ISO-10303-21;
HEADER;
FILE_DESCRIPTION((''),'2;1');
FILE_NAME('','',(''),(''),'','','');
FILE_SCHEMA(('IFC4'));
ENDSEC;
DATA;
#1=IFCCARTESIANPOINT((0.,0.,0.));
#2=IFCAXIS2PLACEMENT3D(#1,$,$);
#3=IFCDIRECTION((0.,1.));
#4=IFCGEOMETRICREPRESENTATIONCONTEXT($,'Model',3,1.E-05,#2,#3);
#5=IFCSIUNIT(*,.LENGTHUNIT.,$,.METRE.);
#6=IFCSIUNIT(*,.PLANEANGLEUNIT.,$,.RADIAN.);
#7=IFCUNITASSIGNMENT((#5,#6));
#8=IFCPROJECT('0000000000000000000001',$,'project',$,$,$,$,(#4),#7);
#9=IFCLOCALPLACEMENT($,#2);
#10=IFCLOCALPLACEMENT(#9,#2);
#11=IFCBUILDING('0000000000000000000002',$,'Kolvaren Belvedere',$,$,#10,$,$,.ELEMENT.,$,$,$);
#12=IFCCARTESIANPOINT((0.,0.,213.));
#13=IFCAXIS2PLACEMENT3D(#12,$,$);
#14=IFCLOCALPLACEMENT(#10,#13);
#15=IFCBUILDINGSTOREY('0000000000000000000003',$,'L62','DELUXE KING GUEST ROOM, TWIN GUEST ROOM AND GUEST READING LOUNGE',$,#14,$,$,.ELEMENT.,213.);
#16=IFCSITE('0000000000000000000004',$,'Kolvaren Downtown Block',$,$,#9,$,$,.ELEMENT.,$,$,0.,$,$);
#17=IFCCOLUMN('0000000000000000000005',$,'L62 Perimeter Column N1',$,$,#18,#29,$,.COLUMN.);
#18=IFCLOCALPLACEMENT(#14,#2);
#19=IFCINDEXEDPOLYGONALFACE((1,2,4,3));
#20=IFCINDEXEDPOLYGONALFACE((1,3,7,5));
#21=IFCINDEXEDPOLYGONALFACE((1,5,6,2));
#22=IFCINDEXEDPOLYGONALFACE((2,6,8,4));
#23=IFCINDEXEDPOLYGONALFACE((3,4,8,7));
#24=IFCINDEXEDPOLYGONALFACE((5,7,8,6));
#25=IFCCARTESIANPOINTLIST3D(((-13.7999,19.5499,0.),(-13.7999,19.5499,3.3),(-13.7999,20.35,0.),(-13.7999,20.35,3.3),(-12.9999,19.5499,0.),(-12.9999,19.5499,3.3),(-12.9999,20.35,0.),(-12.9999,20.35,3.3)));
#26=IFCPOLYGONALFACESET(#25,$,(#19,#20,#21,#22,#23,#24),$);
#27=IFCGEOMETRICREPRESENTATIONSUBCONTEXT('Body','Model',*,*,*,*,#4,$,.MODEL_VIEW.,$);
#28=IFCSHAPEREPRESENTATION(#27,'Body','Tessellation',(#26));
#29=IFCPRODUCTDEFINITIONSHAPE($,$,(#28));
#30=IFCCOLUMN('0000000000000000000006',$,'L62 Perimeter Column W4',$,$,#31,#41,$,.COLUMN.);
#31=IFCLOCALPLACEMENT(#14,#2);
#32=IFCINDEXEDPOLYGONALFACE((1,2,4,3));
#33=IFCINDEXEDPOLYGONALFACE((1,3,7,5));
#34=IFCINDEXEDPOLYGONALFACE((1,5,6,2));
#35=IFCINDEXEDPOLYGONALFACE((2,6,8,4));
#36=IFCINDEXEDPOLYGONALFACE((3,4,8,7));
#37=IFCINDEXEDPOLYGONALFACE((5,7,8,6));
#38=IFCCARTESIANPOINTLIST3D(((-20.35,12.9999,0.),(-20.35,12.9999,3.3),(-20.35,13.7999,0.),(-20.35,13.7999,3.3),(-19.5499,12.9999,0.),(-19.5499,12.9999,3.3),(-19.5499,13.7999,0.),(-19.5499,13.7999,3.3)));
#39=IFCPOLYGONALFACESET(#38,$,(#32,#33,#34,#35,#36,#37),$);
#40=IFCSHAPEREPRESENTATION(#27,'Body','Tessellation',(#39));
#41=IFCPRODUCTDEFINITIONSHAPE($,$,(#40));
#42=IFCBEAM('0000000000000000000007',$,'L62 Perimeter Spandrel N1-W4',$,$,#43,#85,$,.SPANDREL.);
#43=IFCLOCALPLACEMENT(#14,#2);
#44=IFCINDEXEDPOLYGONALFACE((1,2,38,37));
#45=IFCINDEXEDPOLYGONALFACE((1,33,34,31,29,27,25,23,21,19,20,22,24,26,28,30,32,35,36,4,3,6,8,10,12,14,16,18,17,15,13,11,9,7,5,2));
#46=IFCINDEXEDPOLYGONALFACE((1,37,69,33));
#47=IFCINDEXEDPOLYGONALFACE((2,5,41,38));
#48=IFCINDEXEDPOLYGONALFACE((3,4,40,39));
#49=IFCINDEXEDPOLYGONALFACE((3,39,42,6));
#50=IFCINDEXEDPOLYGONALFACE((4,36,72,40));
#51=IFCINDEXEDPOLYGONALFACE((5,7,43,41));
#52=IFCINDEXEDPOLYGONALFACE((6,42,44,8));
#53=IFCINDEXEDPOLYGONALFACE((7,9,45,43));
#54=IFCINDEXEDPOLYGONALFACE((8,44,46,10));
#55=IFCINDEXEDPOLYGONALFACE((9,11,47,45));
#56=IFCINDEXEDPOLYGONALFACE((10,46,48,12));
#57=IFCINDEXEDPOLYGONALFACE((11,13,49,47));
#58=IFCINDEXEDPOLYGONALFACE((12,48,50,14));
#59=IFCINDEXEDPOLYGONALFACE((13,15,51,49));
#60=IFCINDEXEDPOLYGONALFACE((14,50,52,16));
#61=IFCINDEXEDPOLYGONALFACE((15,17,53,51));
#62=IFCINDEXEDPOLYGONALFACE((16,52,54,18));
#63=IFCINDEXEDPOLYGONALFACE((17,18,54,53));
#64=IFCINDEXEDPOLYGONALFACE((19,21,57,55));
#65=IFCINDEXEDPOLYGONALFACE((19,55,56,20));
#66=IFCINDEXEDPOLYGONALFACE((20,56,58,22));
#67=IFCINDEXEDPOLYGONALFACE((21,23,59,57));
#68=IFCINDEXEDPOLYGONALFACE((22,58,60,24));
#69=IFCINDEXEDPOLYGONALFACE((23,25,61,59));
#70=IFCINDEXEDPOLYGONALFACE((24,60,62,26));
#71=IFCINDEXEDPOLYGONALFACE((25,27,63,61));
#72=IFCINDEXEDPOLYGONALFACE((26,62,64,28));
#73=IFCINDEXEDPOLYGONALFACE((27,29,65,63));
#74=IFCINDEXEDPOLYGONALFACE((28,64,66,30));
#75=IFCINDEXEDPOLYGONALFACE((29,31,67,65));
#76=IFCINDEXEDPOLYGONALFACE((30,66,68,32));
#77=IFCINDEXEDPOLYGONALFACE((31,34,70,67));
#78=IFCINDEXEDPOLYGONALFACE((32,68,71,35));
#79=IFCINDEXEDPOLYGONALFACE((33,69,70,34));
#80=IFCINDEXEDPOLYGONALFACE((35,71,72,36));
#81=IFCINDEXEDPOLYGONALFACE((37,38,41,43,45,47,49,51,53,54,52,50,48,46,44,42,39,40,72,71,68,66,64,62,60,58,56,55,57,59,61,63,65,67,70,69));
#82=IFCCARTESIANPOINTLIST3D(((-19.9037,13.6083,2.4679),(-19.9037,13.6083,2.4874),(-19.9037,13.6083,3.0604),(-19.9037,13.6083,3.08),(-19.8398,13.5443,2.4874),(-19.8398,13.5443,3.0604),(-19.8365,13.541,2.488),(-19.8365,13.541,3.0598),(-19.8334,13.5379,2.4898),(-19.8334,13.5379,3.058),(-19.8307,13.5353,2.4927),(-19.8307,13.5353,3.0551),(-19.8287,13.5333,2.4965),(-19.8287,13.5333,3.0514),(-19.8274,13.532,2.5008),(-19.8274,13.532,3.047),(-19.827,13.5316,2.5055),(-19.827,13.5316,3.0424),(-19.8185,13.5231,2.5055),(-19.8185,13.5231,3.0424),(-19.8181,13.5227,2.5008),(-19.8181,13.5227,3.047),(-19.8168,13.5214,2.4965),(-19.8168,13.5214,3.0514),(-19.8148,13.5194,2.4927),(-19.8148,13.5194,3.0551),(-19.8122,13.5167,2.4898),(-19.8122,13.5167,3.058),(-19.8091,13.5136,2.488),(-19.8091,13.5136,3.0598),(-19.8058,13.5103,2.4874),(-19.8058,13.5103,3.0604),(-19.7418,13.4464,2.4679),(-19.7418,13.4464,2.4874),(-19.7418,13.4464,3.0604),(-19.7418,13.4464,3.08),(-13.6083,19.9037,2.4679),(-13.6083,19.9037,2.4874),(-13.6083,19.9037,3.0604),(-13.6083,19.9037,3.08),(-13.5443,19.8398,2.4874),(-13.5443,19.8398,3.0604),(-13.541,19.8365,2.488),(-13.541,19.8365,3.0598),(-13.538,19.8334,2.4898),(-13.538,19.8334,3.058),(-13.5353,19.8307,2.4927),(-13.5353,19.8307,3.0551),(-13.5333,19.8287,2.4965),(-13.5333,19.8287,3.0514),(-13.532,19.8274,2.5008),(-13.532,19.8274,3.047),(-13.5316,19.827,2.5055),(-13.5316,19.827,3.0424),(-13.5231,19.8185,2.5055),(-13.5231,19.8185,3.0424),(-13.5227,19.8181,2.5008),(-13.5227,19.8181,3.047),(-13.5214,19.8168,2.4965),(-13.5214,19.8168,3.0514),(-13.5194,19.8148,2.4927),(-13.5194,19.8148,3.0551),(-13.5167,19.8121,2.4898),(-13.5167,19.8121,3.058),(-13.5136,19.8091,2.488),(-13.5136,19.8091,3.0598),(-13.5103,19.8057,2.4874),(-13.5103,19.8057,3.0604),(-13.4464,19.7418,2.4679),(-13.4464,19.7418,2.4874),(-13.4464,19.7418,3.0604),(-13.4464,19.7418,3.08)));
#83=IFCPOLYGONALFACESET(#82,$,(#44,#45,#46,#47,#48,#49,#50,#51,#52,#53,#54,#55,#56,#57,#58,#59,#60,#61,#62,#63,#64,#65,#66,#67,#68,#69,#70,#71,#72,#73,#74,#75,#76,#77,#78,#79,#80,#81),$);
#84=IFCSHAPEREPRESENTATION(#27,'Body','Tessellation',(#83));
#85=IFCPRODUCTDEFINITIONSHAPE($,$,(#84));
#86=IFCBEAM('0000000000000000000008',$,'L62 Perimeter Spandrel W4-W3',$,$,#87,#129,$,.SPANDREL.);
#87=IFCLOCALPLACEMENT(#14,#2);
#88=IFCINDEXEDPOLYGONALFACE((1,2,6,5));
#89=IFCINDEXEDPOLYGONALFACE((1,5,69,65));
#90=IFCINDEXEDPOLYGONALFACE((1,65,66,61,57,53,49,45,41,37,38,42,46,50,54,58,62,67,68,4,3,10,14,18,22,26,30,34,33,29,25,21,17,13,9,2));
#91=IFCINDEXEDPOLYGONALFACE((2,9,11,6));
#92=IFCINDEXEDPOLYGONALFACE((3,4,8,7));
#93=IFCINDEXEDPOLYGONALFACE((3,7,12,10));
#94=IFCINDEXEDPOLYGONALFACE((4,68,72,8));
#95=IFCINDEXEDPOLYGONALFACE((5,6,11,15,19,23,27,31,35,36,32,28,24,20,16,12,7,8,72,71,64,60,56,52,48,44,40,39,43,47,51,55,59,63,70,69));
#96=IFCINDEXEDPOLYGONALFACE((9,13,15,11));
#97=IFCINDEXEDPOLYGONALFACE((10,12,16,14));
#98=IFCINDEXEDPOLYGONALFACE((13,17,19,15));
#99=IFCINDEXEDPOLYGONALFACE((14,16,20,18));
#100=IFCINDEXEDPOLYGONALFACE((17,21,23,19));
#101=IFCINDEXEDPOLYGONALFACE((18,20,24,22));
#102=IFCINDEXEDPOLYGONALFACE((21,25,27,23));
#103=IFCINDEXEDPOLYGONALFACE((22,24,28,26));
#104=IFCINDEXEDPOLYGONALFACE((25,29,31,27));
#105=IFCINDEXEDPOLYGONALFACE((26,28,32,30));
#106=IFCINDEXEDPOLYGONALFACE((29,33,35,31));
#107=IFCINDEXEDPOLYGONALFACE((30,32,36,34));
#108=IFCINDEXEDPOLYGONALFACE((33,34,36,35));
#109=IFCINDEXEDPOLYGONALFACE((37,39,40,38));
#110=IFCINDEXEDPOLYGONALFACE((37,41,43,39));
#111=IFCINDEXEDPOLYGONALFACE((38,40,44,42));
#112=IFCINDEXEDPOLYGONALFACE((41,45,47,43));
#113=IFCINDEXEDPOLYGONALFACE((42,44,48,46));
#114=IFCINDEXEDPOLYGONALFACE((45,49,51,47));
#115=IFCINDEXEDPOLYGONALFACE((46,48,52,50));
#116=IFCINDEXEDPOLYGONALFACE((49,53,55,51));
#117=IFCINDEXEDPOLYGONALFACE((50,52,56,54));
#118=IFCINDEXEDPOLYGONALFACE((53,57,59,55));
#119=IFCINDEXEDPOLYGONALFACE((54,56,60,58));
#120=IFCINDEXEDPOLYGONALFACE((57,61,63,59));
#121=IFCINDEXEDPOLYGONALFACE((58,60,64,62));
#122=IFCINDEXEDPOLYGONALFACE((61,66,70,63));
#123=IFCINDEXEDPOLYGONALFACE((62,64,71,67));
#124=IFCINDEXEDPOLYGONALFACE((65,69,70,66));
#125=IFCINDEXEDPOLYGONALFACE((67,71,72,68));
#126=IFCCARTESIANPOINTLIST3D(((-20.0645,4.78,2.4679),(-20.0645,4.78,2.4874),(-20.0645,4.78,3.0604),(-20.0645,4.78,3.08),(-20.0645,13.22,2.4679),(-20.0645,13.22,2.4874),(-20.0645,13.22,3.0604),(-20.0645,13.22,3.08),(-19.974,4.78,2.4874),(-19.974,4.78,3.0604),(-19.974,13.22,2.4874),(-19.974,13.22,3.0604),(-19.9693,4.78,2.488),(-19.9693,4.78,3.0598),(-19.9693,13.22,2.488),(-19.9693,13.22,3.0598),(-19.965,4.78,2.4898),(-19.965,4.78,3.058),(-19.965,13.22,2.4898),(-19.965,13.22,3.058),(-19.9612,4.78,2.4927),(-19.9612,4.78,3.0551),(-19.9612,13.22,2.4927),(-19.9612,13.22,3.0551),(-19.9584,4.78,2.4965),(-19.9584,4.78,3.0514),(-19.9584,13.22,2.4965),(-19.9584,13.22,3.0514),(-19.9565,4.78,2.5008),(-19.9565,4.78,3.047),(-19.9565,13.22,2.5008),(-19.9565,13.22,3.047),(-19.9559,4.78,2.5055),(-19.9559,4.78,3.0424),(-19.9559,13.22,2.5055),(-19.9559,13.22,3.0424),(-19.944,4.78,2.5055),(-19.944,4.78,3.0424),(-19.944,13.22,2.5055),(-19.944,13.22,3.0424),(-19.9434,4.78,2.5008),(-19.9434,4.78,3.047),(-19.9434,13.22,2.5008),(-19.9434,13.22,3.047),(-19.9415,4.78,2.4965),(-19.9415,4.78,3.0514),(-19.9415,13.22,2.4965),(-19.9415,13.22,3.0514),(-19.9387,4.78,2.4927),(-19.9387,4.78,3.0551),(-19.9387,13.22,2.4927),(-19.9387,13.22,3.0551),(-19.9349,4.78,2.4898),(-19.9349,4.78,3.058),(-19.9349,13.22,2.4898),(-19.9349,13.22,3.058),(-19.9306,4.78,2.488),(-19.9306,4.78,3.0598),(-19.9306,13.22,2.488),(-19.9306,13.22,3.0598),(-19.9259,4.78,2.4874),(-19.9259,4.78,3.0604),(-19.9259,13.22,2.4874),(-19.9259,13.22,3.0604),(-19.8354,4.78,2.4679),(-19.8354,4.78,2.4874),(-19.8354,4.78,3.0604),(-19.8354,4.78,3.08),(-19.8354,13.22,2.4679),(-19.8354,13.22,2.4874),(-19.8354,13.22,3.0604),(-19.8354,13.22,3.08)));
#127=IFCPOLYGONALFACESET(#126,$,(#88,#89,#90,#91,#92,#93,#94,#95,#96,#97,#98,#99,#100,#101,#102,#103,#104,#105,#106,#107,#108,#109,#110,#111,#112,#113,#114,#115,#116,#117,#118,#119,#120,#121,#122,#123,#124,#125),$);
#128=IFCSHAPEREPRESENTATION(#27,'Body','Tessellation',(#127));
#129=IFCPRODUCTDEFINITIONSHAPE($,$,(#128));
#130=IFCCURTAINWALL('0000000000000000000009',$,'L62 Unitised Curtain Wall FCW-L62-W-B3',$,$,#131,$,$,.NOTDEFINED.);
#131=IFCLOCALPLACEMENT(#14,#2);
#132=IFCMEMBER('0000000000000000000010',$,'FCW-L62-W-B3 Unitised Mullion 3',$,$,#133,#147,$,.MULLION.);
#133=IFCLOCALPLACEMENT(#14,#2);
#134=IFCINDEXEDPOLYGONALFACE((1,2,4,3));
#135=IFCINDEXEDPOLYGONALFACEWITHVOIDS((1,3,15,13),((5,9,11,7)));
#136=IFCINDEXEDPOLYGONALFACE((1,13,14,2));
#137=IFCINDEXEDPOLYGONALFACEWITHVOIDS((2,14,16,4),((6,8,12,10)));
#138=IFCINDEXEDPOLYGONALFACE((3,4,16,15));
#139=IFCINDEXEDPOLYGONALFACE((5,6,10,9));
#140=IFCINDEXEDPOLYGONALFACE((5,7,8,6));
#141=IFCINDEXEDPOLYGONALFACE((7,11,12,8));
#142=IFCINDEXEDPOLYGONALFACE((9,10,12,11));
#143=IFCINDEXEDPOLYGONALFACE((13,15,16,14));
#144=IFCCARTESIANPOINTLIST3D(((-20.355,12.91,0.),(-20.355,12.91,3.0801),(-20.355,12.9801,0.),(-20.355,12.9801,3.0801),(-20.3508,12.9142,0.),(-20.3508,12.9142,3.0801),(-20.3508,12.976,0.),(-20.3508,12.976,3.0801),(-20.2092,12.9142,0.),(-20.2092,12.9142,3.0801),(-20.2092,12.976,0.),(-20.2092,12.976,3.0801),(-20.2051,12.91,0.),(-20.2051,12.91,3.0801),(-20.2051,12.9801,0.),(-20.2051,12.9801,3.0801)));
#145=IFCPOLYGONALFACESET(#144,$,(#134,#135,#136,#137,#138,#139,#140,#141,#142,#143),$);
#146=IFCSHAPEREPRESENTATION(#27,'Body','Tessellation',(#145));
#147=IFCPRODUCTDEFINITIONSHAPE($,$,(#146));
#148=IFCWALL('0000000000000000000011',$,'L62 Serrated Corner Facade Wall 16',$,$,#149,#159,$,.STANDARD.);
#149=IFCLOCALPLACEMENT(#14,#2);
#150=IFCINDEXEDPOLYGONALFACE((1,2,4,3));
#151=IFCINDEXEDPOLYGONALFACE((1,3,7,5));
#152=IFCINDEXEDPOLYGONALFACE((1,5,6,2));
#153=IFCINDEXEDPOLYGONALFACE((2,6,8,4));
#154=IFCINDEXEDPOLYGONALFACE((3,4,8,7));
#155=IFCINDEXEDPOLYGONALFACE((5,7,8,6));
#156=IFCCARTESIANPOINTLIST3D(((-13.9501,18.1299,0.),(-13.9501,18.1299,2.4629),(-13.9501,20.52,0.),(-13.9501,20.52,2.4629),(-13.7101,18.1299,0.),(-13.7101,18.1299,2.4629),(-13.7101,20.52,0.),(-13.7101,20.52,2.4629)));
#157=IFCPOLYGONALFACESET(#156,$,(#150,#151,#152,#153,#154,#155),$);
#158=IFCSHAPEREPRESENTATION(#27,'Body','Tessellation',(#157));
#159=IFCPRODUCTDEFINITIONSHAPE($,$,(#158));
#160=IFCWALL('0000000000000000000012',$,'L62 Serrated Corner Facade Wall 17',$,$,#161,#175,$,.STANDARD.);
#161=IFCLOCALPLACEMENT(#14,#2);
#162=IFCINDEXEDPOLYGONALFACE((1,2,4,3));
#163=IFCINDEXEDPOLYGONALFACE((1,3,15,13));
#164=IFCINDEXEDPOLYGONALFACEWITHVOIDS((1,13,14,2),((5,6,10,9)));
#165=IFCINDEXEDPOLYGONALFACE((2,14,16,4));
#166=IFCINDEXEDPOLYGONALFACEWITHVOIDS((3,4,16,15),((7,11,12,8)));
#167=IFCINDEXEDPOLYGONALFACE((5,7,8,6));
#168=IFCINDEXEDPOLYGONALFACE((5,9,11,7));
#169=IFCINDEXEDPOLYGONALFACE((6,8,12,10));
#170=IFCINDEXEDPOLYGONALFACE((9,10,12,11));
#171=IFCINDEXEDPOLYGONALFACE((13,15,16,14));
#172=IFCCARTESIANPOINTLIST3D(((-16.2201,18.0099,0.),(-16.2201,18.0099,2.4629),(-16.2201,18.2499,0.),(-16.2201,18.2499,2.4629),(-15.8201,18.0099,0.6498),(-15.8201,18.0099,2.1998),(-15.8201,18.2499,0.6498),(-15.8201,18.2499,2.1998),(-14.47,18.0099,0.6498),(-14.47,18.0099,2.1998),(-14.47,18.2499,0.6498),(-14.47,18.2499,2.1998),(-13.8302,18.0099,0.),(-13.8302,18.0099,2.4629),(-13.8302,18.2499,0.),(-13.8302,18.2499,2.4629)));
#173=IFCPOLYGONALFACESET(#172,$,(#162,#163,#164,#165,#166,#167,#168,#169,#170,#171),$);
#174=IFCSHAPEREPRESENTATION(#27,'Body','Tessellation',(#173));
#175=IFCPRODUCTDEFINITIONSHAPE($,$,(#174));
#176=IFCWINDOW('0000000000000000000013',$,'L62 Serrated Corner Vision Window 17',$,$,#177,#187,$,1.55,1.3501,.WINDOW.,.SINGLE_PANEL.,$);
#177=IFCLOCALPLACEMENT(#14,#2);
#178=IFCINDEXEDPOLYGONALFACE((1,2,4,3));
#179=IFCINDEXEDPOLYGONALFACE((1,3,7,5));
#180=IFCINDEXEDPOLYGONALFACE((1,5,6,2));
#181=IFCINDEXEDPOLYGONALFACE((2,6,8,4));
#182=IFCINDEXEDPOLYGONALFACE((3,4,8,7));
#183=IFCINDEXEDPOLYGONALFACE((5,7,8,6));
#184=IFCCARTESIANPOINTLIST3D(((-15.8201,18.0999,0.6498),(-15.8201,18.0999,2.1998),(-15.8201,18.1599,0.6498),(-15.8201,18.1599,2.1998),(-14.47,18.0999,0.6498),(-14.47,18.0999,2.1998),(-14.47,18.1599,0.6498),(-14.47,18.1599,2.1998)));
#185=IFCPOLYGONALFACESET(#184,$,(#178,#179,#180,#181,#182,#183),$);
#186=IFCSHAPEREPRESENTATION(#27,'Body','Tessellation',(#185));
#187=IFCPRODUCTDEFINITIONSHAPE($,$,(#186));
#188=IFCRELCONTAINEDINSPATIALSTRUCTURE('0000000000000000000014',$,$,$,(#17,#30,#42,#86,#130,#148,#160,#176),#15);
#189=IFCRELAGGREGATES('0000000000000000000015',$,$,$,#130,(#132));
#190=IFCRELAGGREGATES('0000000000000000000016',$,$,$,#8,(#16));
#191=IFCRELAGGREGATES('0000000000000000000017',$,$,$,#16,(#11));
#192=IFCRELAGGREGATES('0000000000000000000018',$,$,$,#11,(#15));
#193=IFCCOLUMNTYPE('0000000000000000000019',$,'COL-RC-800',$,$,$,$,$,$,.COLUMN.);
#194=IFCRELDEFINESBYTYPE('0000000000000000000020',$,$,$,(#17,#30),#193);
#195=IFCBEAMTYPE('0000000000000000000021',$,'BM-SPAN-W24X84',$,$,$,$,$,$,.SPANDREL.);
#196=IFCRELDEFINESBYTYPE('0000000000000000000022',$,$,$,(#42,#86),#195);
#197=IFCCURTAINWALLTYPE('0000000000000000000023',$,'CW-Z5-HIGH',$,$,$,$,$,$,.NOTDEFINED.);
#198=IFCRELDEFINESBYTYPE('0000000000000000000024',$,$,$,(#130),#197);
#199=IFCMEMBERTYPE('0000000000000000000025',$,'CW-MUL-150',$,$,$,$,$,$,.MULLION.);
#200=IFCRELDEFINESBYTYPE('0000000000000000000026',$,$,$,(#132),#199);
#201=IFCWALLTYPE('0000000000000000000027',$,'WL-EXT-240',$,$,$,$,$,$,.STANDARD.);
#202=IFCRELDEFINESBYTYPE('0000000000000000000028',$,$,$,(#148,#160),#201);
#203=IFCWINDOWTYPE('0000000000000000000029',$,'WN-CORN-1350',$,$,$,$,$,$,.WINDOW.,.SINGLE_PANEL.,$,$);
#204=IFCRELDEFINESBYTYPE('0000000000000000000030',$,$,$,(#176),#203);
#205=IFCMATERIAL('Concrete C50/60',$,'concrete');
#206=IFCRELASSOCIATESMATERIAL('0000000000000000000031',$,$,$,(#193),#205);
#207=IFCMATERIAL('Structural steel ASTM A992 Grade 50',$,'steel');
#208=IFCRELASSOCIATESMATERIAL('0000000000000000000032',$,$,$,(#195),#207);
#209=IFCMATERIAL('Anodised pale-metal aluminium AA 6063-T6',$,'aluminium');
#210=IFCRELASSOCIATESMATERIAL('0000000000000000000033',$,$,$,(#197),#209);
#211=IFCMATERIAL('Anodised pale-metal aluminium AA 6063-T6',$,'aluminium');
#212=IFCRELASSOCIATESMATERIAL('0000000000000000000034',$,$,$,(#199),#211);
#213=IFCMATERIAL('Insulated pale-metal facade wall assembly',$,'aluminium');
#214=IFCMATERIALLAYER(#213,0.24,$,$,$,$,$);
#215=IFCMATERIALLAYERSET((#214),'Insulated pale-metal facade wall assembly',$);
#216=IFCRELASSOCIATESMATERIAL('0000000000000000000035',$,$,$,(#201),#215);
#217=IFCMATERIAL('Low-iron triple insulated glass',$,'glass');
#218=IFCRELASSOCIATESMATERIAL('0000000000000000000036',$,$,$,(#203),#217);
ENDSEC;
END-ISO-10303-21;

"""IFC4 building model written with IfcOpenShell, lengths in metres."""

from ifc_helpers import new_model, si_unit, direction, frame, frame_2d, origin, origin_2d, place, context, subcontext, project, spatial, rectangle, hollow_rectangle, i_section, extrude, material, layer, layer_set, material_profile, profile_set, type_object, element, fill, aggregate, save


model = new_model("IFC4")

# Units and contexts
model_context = context("Model", 3, precision=1e-05, world=origin(), true_north=direction((0.0, 1.0)))
body_context = subcontext(model_context, "Body", "Model", "MODEL_VIEW")
ifc_project = project(units=[si_unit("LENGTHUNIT", "METRE"), si_unit("PLANEANGLEUNIT", "RADIAN")], contexts=[model_context])

# Site, building, storey
site_placement = place(None, origin())
site = spatial("IfcSite", under=ifc_project, at=site_placement, Name="Kolvaren Downtown Block", CompositionType="ELEMENT", RefElevation=0.0)
building_placement = place(site_placement, origin())
building = spatial("IfcBuilding", under=site, at=building_placement, Name="Kolvaren Belvedere", CompositionType="ELEMENT")
storey_placement = place(building_placement, frame((0.0, 0.0, 213.0)))
storey = spatial("IfcBuildingStorey", under=building, at=storey_placement, Name="L62", Description="DELUXE KING GUEST ROOM, TWIN GUEST ROOM AND GUEST READING LOUNGE", CompositionType="ELEMENT", Elevation=213.0)

# Columns
ifc_material_1 = material(Name="Concrete C50/60", Category="concrete")
ifc_material_profile_1 = material_profile(ifc_material_1, rectangle(XDim=0.8, YDim=0.8, at=origin_2d()), Name="RC 800X800")
ifc_profile_set_1 = profile_set([ifc_material_profile_1], Name="Concrete C50/60")
column_type = type_object("IfcColumnType", Name="COL-RC-800", PredefinedType="COLUMN", material=ifc_profile_set_1)
for number, where, z_axis, x_axis, name in (
    (1, (-13.3999, 19.95, 0.0), (0.0, 0.0, 1.0), (1.0, 0.0, 0.0), "L62 Perimeter Column N1"),
    (2, (-19.95, 13.3999, 0.0), (0.0, 0.0, 1.0), (1.0, 0.0, 0.0), "L62 Perimeter Column W4"),
):
    element("IfcColumn", number, at=place(storey_placement, frame(where, z_axis=z_axis, x_axis=x_axis)), inside=storey, type_object=column_type, Name=name, PredefinedType="COLUMN", context=body_context, shape_type="SweptSolid", body=[
        extrude(rectangle(XDim=0.8, YDim=0.8, at=origin_2d()), origin(), (0.0, 0.0, 1.0), 3.3),
    ])

# Beams
ifc_material_2 = material(Name="Structural steel ASTM A992 Grade 50", Category="steel")
ifc_material_profile_2 = material_profile(ifc_material_2, i_section(OverallWidth=0.229, OverallDepth=0.6121, WebThickness=0.012, FlangeThickness=0.0195, FilletRadius=0.0181, at=origin_2d()), Name="W24X84")
ifc_profile_set_2 = profile_set([ifc_material_profile_2], Name="Structural steel ASTM A992 Grade 50")
beam_type = type_object("IfcBeamType", Name="BM-SPAN-W24X84", PredefinedType="SPANDREL", material=ifc_profile_set_2)
beam_1_placement = place(storey_placement, frame((-13.5273, 19.8228, 2.7739), z_axis=(-0.707107, -0.707107, 0.0), x_axis=(0.707107, -0.707107, 0.0)))
element("IfcBeam", 3, at=beam_1_placement, inside=storey, type_object=beam_type, Name="L62 Perimeter Spandrel N1-W4", PredefinedType="SPANDREL", context=body_context, shape_type="SweptSolid", body=[
    extrude(i_section(OverallWidth=0.229, OverallDepth=0.6121, WebThickness=0.012, FlangeThickness=0.0195, FilletRadius=0.0181, at=origin_2d()), origin(), (0.0, 0.0, 1.0), 8.9031),
])
beam_2_placement = place(storey_placement, frame((-19.95, 13.22, 2.7739), z_axis=(0.0, -1.0, 0.0), x_axis=(1.0, 0.0, 0.0)))
element("IfcBeam", 4, at=beam_2_placement, inside=storey, type_object=beam_type, Name="L62 Perimeter Spandrel W4-W3", PredefinedType="SPANDREL", context=body_context, shape_type="SweptSolid", body=[
    extrude(i_section(OverallWidth=0.229, OverallDepth=0.6121, WebThickness=0.012, FlangeThickness=0.0195, FilletRadius=0.0181, at=origin_2d()), origin(), (0.0, 0.0, 1.0), 8.4399),
])

# Curtain wall, member
ifc_material_3 = material(Name="Anodised pale-metal aluminium AA 6063-T6", Category="aluminium")
curtain_wall_type = type_object("IfcCurtainWallType", Name="CW-Z5-HIGH", PredefinedType="NOTDEFINED", material=ifc_material_3)
curtain_wall_placement = place(storey_placement, origin())
curtain_wall = element("IfcCurtainWall", 5, at=curtain_wall_placement, inside=storey, type_object=curtain_wall_type, Name="L62 Unitised Curtain Wall FCW-L62-W-B3", PredefinedType="NOTDEFINED")
ifc_material_4 = material(Name="Anodised pale-metal aluminium AA 6063-T6", Category="aluminium")
ifc_material_profile_3 = material_profile(ifc_material_4, hollow_rectangle(XDim=0.0701, YDim=0.1499, WallThickness=0.0042, at=origin_2d()), Name="ALU-MUL-150X70")
ifc_profile_set_3 = profile_set([ifc_material_profile_3], Name="Anodised pale-metal aluminium AA 6063-T6")
member_type = type_object("IfcMemberType", Name="CW-MUL-150", PredefinedType="MULLION", material=ifc_profile_set_3)
member_placement = place(storey_placement, frame((-20.28, 12.9451, 0.0), z_axis=(0.0, 0.0, 1.0), x_axis=(0.0, 1.0, 0.0)))
member = element("IfcMember", 6, at=member_placement, type_object=member_type, Name="FCW-L62-W-B3 Unitised Mullion 3", PredefinedType="MULLION", context=body_context, shape_type="SweptSolid", body=[
    extrude(hollow_rectangle(XDim=0.0701, YDim=0.1499, WallThickness=0.0042, at=origin_2d()), origin(), (0.0, 0.0, 1.0), 3.0801),
])
aggregate(curtain_wall, [member])

# Wall
ifc_material_5 = material(Name="Insulated pale-metal facade wall assembly", Category="aluminium")
ifc_layer_1 = layer(ifc_material_5, 0.24)
ifc_layer_set_1 = layer_set([ifc_layer_1], Name="Insulated pale-metal facade wall assembly")
wall_type_1 = type_object("IfcWallType", Name="WL-EXT-240", PredefinedType="STANDARD", material=ifc_layer_set_1)
wall_1_placement = place(storey_placement, frame((-13.8301, 18.1299, 0.0), z_axis=(0.0, 0.0, 1.0), x_axis=(0.0, 1.0, 0.0)))
element("IfcWall", 7, at=wall_1_placement, inside=storey, type_object=wall_type_1, Name="L62 Serrated Corner Facade Wall 16", PredefinedType="STANDARD", context=body_context, shape_type="SweptSolid", body=[
    extrude(rectangle(XDim=2.3901, YDim=0.24, at=frame_2d((1.1951, 0.0))), origin(), (0.0, 0.0, 1.0), 2.4629),
])

# Wall, opening, window
wall_2_placement = place(storey_placement, frame((-16.22, 18.1299, 0.0), z_axis=(0.0, 0.0, 1.0), x_axis=(1.0, 0.0, 0.0)))
wall_2 = element("IfcWall", 8, at=wall_2_placement, inside=storey, type_object=wall_type_1, Name="L62 Serrated Corner Facade Wall 17", PredefinedType="STANDARD", context=body_context, shape_type="SweptSolid", body=[
    extrude(rectangle(XDim=2.3899, YDim=0.24, at=frame_2d((1.1948, 0.0))), origin(), (0.0, 0.0, 1.0), 2.4629),
])
opening_1_placement = place(wall_2_placement, frame((0.3999, 0.0, 0.6499)))
opening_1 = element("IfcOpeningElement", 9, at=opening_1_placement, cuts=wall_2, PredefinedType="OPENING", context=body_context, shape_type="SweptSolid", body=[
    extrude(rectangle(XDim=1.3501, YDim=1.55, at=frame_2d((0.675, 0.7749))), frame((0.0, 0.1299, 0.0), z_axis=(0.0, -1.0, 0.0), x_axis=(1.0, 0.0, 0.0)), (0.0, 0.0, 1.0), 0.26),
])
ifc_material_6 = material(Name="Low-iron triple insulated glass", Category="glass")
window_type_1 = type_object("IfcWindowType", Name="WN-CORN-1350", PartitioningType="SINGLE_PANEL", PredefinedType="WINDOW", material=ifc_material_6)
window_1_placement = place(opening_1_placement, origin())
window_1 = element("IfcWindow", 10, at=window_1_placement, inside=storey, type_object=window_type_1, Name="L62 Serrated Corner Vision Window 17", OverallHeight=1.55, OverallWidth=1.3501, PartitioningType="SINGLE_PANEL", PredefinedType="WINDOW", context=body_context, shape_type="SweptSolid", body=[
    extrude(rectangle(XDim=1.3501, YDim=1.55, at=frame_2d((0.675, 0.7749))), frame((0.0, 0.03, 0.0), z_axis=(0.0, -1.0, 0.0), x_axis=(1.0, 0.0, 0.0)), (0.0, 0.0, 1.0), 0.0601),
])
fill(opening_1, window_1)

save(model, "model.ifc")
